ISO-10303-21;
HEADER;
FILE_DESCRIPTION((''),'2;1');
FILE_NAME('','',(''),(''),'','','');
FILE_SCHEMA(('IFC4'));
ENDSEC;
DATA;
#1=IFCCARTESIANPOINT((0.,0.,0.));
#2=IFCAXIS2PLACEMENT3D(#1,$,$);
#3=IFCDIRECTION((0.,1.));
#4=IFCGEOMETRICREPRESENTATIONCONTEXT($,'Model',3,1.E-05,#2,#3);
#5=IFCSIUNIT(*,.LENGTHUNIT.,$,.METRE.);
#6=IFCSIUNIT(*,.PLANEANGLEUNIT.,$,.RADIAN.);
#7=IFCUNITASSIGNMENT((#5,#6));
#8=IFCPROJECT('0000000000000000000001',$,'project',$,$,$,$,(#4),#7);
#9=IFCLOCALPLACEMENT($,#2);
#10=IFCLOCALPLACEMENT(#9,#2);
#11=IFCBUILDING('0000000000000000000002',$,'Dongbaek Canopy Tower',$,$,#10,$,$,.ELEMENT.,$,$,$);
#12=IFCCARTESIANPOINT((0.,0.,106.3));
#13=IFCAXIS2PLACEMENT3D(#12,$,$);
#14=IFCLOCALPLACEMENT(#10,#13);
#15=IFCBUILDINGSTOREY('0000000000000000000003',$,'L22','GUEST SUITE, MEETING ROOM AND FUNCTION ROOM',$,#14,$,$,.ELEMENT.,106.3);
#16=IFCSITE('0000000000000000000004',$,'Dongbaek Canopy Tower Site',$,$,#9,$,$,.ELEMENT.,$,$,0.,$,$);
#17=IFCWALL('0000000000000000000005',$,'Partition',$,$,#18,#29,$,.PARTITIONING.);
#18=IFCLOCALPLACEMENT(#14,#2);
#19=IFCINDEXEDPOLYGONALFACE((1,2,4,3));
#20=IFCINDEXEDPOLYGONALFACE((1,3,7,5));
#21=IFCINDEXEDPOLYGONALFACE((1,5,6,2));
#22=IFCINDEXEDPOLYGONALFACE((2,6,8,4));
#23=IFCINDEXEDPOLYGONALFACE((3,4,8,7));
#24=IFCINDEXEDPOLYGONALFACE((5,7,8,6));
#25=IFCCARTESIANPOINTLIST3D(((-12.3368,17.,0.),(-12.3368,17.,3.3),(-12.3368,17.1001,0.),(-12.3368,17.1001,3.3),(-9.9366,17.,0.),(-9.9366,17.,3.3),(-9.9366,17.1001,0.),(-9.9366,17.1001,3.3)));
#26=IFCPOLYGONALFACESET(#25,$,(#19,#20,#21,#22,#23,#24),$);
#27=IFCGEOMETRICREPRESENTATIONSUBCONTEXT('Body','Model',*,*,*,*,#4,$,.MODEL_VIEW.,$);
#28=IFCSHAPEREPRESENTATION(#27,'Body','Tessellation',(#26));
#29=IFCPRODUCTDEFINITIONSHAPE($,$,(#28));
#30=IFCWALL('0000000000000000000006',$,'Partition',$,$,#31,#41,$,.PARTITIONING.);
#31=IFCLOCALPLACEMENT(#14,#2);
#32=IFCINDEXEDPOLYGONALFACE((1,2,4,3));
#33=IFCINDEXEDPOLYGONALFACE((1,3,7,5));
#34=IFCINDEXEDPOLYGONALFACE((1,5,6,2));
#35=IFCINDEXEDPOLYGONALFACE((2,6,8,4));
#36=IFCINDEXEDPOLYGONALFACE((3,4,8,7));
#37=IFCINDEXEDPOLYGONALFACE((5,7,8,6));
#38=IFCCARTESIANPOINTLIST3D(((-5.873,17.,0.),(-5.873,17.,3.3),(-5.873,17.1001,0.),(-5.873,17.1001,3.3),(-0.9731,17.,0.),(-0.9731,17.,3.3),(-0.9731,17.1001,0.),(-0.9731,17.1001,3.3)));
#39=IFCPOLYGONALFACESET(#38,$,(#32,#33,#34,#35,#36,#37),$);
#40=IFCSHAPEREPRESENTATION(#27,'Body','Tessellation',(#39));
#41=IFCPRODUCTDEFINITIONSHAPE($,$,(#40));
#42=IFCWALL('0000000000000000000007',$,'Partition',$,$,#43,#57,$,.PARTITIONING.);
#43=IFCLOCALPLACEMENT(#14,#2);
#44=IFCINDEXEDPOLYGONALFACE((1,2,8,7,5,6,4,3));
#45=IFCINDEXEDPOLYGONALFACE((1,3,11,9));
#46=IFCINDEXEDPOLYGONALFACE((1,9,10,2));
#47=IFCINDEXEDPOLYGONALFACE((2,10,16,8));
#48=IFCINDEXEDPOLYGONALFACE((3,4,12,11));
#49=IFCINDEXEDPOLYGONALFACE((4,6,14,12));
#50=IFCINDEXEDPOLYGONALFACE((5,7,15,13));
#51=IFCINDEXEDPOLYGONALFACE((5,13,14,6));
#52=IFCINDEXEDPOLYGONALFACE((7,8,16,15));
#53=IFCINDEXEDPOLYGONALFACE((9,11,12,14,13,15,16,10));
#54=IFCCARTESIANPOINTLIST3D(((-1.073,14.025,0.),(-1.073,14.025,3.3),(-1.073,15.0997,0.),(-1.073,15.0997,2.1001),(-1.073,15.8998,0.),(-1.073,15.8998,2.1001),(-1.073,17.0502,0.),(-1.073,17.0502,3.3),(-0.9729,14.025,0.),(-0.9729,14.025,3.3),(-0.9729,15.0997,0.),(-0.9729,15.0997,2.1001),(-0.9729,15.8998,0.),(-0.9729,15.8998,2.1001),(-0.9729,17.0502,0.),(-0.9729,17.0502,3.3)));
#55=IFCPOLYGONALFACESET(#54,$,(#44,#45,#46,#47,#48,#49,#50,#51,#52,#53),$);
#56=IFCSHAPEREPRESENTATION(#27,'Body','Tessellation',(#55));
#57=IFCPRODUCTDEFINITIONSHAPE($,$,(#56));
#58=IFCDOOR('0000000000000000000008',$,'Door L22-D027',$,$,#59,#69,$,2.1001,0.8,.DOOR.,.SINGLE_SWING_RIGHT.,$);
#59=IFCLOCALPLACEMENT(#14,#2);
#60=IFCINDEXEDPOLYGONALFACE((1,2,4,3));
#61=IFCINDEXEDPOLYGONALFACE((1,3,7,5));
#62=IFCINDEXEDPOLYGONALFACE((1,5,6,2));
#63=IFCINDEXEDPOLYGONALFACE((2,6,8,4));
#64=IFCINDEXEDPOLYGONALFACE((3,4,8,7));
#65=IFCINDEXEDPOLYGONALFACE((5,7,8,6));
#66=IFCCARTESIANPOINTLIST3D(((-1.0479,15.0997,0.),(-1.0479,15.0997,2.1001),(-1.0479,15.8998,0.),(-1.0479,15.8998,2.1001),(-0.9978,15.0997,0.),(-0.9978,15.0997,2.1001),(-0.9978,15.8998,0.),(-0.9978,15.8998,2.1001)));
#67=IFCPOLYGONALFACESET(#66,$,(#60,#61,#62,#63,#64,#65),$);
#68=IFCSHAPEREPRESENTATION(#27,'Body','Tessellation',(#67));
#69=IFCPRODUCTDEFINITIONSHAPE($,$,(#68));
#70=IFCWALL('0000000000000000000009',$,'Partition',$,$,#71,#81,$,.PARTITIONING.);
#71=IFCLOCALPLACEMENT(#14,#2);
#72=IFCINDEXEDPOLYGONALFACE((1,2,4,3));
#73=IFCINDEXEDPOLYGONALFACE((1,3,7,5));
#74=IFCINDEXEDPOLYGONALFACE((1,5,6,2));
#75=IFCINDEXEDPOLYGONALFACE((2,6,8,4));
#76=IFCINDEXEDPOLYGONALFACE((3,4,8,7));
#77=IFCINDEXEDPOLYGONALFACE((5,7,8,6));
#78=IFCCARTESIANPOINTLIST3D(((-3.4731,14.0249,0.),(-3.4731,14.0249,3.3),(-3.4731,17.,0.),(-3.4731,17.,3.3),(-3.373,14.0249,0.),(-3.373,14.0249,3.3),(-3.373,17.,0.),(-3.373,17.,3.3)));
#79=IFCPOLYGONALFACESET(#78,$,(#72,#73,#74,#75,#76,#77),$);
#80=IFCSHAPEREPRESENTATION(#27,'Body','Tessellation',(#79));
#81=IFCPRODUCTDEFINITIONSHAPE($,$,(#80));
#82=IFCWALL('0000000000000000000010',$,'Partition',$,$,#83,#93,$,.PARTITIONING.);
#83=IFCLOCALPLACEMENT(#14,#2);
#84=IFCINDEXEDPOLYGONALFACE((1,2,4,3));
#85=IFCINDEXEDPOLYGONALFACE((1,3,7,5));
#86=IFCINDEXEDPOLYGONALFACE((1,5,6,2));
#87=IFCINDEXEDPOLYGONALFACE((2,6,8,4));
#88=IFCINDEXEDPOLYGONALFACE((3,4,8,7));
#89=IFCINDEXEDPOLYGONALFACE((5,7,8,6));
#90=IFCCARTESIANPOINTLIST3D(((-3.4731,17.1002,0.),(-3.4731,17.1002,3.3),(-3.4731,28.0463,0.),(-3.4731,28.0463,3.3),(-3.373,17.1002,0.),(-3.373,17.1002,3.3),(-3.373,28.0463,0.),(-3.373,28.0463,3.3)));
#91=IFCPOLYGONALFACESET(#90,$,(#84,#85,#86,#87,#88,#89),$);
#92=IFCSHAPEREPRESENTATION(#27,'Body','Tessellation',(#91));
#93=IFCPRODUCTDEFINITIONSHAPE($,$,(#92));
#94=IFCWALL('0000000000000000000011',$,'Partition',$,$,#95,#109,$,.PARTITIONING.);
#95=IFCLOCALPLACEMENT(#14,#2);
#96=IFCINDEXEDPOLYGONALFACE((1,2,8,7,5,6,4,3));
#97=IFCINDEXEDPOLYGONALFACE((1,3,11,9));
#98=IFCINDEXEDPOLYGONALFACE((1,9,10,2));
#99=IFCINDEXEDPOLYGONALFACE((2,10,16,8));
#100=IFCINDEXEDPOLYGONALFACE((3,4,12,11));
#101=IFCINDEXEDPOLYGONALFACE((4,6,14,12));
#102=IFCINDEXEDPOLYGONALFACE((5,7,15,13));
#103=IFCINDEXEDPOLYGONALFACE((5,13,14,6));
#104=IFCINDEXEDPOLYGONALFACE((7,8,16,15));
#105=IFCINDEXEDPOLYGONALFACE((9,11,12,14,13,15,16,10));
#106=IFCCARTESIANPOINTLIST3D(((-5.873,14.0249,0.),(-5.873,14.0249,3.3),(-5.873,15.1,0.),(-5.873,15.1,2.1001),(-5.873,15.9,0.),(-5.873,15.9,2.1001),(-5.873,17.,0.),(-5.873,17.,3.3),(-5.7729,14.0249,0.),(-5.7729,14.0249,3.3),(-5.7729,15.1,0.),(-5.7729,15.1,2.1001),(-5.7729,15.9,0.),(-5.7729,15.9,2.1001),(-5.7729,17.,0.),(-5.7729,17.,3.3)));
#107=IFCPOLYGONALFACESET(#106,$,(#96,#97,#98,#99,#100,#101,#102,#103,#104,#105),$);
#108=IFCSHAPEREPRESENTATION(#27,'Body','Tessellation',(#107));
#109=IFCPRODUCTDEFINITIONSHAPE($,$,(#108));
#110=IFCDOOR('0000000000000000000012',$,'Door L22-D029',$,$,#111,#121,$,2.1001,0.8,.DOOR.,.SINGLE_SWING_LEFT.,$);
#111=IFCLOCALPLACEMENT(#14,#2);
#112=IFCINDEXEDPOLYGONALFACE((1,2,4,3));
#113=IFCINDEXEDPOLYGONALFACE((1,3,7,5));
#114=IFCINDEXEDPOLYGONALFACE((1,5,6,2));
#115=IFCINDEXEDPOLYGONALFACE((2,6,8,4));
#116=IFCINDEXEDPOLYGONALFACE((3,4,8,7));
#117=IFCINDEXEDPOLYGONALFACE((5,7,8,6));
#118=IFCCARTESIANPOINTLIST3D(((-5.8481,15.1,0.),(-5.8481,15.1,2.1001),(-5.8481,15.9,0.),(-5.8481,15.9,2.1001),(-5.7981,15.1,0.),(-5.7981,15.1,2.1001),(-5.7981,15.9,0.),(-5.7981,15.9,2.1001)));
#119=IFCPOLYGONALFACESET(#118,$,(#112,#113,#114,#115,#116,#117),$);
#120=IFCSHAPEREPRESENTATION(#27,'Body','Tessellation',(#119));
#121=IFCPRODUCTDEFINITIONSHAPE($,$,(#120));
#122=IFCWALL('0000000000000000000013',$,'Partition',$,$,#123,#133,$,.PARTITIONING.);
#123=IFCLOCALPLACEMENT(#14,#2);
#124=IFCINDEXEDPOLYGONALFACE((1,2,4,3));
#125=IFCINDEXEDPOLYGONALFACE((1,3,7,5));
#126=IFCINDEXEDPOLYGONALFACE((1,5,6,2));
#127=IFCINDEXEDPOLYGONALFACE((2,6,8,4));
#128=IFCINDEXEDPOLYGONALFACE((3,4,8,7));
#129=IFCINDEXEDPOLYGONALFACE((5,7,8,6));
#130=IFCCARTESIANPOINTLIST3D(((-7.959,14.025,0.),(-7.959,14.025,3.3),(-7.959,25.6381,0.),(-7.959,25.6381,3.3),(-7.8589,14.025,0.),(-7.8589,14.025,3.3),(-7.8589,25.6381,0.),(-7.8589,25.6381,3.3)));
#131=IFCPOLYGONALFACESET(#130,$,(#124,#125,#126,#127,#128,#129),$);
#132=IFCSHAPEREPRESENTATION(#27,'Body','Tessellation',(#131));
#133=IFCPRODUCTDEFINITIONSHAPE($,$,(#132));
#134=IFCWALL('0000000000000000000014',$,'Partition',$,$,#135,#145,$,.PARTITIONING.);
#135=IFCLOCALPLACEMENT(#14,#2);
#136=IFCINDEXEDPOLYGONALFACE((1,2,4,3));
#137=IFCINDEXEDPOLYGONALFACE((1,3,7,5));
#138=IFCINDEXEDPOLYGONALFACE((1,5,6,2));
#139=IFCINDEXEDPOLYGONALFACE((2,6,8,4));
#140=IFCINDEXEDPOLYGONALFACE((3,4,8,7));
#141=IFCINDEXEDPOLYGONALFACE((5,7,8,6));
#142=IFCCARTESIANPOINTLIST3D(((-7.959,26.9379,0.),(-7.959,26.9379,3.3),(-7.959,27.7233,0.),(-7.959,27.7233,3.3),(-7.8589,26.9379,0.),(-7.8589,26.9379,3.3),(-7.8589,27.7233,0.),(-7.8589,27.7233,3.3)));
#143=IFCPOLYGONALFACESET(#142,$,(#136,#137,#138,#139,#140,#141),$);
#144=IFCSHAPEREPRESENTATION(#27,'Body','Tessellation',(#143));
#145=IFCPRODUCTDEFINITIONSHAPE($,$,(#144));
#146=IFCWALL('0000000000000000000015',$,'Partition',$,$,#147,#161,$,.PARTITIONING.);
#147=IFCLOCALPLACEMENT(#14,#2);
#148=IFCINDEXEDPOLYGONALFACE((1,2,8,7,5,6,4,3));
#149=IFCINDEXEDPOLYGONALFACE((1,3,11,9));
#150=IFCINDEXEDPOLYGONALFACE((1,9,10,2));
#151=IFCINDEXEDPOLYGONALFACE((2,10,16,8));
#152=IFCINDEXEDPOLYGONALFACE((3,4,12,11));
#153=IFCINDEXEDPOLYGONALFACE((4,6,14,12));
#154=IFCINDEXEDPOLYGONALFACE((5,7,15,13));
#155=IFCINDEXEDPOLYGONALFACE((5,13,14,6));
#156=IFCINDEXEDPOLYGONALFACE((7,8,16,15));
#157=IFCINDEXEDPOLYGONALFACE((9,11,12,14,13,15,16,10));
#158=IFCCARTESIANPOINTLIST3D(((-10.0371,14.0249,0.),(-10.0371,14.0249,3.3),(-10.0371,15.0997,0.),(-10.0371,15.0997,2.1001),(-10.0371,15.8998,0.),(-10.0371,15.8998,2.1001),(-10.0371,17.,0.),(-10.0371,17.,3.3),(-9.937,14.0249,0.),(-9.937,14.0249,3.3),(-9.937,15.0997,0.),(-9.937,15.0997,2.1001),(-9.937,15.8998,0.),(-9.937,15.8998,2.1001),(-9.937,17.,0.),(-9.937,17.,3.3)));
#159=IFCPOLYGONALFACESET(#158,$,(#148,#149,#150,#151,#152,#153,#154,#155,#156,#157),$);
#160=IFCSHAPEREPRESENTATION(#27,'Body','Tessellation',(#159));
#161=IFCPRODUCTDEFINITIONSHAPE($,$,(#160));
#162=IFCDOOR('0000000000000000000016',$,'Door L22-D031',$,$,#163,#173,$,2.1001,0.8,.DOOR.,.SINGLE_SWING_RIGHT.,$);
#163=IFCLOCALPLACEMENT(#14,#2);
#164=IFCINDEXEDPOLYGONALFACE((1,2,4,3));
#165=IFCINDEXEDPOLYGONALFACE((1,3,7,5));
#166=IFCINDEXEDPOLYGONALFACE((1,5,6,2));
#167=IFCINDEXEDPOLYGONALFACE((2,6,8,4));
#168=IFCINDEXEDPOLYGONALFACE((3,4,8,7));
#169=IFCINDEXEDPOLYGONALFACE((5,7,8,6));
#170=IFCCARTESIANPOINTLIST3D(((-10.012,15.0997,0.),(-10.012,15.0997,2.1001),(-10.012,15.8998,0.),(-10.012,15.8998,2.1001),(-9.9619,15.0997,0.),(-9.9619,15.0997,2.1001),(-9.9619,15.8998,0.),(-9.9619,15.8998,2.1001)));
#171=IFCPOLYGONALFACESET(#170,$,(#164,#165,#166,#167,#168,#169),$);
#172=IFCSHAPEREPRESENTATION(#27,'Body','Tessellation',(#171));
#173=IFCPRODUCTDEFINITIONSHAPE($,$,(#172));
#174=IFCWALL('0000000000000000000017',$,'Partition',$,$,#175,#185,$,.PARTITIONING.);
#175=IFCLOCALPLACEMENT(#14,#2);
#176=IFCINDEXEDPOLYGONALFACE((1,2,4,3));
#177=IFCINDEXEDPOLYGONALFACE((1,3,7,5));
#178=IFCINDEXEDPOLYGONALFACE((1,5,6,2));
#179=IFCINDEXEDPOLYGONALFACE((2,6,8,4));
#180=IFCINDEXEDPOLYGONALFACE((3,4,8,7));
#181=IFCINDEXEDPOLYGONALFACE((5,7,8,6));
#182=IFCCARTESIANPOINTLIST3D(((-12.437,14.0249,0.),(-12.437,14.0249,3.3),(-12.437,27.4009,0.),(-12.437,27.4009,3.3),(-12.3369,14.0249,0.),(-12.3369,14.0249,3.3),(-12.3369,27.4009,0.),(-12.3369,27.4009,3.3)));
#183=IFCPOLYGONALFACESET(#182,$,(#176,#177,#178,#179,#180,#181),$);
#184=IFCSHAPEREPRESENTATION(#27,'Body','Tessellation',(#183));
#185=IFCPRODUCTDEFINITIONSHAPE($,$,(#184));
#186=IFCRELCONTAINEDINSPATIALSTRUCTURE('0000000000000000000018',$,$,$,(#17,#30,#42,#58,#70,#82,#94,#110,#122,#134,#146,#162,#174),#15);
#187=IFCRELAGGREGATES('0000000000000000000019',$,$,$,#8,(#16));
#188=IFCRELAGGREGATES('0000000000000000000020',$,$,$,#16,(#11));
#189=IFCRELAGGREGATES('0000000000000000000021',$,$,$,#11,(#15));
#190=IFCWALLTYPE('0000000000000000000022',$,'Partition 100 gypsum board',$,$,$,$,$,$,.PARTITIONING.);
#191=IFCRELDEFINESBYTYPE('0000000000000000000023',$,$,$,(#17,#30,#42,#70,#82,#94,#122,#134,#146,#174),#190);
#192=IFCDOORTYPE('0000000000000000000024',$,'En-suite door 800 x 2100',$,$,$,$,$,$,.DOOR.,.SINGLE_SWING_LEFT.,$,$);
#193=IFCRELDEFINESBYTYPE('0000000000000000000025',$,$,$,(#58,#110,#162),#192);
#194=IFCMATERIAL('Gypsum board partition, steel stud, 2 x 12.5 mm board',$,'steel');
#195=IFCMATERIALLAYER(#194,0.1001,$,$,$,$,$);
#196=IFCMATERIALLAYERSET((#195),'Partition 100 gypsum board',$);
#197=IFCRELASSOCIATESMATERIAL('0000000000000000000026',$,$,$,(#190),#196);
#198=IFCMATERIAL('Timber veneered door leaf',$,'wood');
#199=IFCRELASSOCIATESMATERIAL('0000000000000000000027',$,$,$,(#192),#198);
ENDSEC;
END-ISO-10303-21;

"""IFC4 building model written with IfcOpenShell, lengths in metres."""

from ifc_helpers import new_model, si_unit, direction, frame, frame_2d, origin, place, context, subcontext, project, spatial, rectangle, extrude, material, layer, layer_set, type_object, element, fill, save


model = new_model("IFC4")

# Units and contexts
model_context = context("Model", 3, precision=1e-05, world=origin(), true_north=direction((0.0, 1.0)))
body_context = subcontext(model_context, "Body", "Model", "MODEL_VIEW")
ifc_project = project(units=[si_unit("LENGTHUNIT", "METRE"), si_unit("PLANEANGLEUNIT", "RADIAN")], contexts=[model_context])

# Site, building, storey
site_placement = place(None, origin())
site = spatial("IfcSite", under=ifc_project, at=site_placement, Name="Dongbaek Canopy Tower Site", CompositionType="ELEMENT", RefElevation=0.0)
building_placement = place(site_placement, origin())
building = spatial("IfcBuilding", under=site, at=building_placement, Name="Dongbaek Canopy Tower", CompositionType="ELEMENT")
storey_placement = place(building_placement, frame((0.0, 0.0, 106.3)))
storey = spatial("IfcBuildingStorey", under=building, at=storey_placement, Name="L22", Description="GUEST SUITE, MEETING ROOM AND FUNCTION ROOM", CompositionType="ELEMENT", Elevation=106.3)

# Walls
ifc_material_1 = material(Name="Gypsum board partition, steel stud, 2 x 12.5 mm board", Category="steel")
ifc_layer_1 = layer(ifc_material_1, 0.1001)
ifc_layer_set_1 = layer_set([ifc_layer_1], Name="Partition 100 gypsum board")
wall_type_1 = type_object("IfcWallType", Name="Partition 100 gypsum board", PredefinedType="PARTITIONING", material=ifc_layer_set_1)
wall_1_placement = place(storey_placement, frame((-12.3369, 17.05, 0.0), z_axis=(0.0, 0.0, 1.0), x_axis=(1.0, 0.0, 0.0)))
element("IfcWall", 1, at=wall_1_placement, inside=storey, type_object=wall_type_1, Name="Partition", PredefinedType="PARTITIONING", context=body_context, shape_type="SweptSolid", body=[
    extrude(rectangle(XDim=2.4001, YDim=0.1001, at=frame_2d((1.2002, 0.0))), origin(), (0.0, 0.0, 1.0), 3.3),
])
wall_2_placement = place(storey_placement, frame((-5.873, 17.05, 0.0), z_axis=(0.0, 0.0, 1.0), x_axis=(1.0, 0.0, 0.0)))
element("IfcWall", 2, at=wall_2_placement, inside=storey, type_object=wall_type_1, Name="Partition", PredefinedType="PARTITIONING", context=body_context, shape_type="SweptSolid", body=[
    extrude(rectangle(XDim=4.8999, YDim=0.1001, at=frame_2d((2.45, 0.0))), origin(), (0.0, 0.0, 1.0), 3.3),
])

# Wall, opening, door
wall_3_placement = place(storey_placement, frame((-1.0229, 14.0249, 0.0), z_axis=(0.0, 0.0, 1.0), x_axis=(0.0, 1.0, 0.0)))
wall_3 = element("IfcWall", 3, at=wall_3_placement, inside=storey, type_object=wall_type_1, Name="Partition", PredefinedType="PARTITIONING", context=body_context, shape_type="SweptSolid", body=[
    extrude(rectangle(XDim=3.0251, YDim=0.1001, at=frame_2d((1.5127, 0.0))), origin(), (0.0, 0.0, 1.0), 3.3),
])
opening_1_placement = place(wall_3_placement, frame((1.075, 0.0, 0.0)))
opening_1 = element("IfcOpeningElement", 4, at=opening_1_placement, cuts=wall_3, PredefinedType="OPENING", context=body_context, shape_type="SweptSolid", body=[
    extrude(rectangle(XDim=0.8, YDim=2.1001, at=frame_2d((0.3999, 1.05))), frame((0.0, 0.0601, 0.0), z_axis=(0.0, -1.0, 0.0), x_axis=(1.0, 0.0, 0.0)), (0.0, 0.0, 1.0), 0.1201),
])
ifc_material_2 = material(Name="Timber veneered door leaf", Category="wood")
door_type_1 = type_object("IfcDoorType", Name="En-suite door 800 x 2100", OperationType="SINGLE_SWING_LEFT", PredefinedType="DOOR", material=ifc_material_2)
door_1_placement = place(opening_1_placement, origin())
door_1 = element("IfcDoor", 5, at=door_1_placement, inside=storey, type_object=door_type_1, Name="Door L22-D027", OperationType="SINGLE_SWING_RIGHT", OverallHeight=2.1001, OverallWidth=0.8, PredefinedType="DOOR", context=body_context, shape_type="SweptSolid", body=[
    extrude(rectangle(XDim=0.8, YDim=2.1001, at=frame_2d((0.3999, 1.05))), frame((0.0, 0.0249, 0.0), z_axis=(0.0, -1.0, 0.0), x_axis=(1.0, 0.0, 0.0)), (0.0, 0.0, 1.0), 0.05),
])
fill(opening_1, door_1)

# Walls
wall_4_placement = place(storey_placement, frame((-3.4231, 14.0249, 0.0), z_axis=(0.0, 0.0, 1.0), x_axis=(0.0, 1.0, 0.0)))
element("IfcWall", 6, at=wall_4_placement, inside=storey, type_object=wall_type_1, Name="Partition", PredefinedType="PARTITIONING", context=body_context, shape_type="SweptSolid", body=[
    extrude(rectangle(XDim=2.9751, YDim=0.1001, at=frame_2d((1.4875, 0.0))), origin(), (0.0, 0.0, 1.0), 3.3),
])
wall_5_placement = place(storey_placement, frame((-3.4231, 17.1001, 0.0), z_axis=(0.0, 0.0, 1.0), x_axis=(0.0, 1.0, 0.0)))
element("IfcWall", 7, at=wall_5_placement, inside=storey, type_object=wall_type_1, Name="Partition", PredefinedType="PARTITIONING", context=body_context, shape_type="SweptSolid", body=[
    extrude(rectangle(XDim=10.946, YDim=0.1001, at=frame_2d((5.4731, 0.0))), origin(), (0.0, 0.0, 1.0), 3.3),
])

# Wall, opening, door
wall_6_placement = place(storey_placement, frame((-5.823, 17.0, 0.0), z_axis=(0.0, 0.0, 1.0), x_axis=(0.0, -1.0, 0.0)))
wall_6 = element("IfcWall", 8, at=wall_6_placement, inside=storey, type_object=wall_type_1, Name="Partition", PredefinedType="PARTITIONING", context=body_context, shape_type="SweptSolid", body=[
    extrude(rectangle(XDim=2.9751, YDim=0.1001, at=frame_2d((1.4875, 0.0))), origin(), (0.0, 0.0, 1.0), 3.3),
])
opening_2_placement = place(wall_6_placement, frame((1.1001, 0.0, 0.0)))
opening_2 = element("IfcOpeningElement", 9, at=opening_2_placement, cuts=wall_6, PredefinedType="OPENING", context=body_context, shape_type="SweptSolid", body=[
    extrude(rectangle(XDim=0.8, YDim=2.1001, at=frame_2d((0.3999, 1.05))), frame((0.0, 0.0601, 0.0), z_axis=(0.0, -1.0, 0.0), x_axis=(1.0, 0.0, 0.0)), (0.0, 0.0, 1.0), 0.1201),
])
door_2_placement = place(opening_2_placement, origin())
door_2 = element("IfcDoor", 10, at=door_2_placement, inside=storey, type_object=door_type_1, Name="Door L22-D029", OperationType="SINGLE_SWING_LEFT", OverallHeight=2.1001, OverallWidth=0.8, PredefinedType="DOOR", context=body_context, shape_type="SweptSolid", body=[
    extrude(rectangle(XDim=0.8, YDim=2.1001, at=frame_2d((0.3999, 1.05))), frame((0.0, 0.0249, 0.0), z_axis=(0.0, -1.0, 0.0), x_axis=(1.0, 0.0, 0.0)), (0.0, 0.0, 1.0), 0.05),
])
fill(opening_2, door_2)

# Walls
wall_7_placement = place(storey_placement, frame((-7.9089, 14.0249, 0.0), z_axis=(0.0, 0.0, 1.0), x_axis=(0.0, 1.0, 0.0)))
element("IfcWall", 11, at=wall_7_placement, inside=storey, type_object=wall_type_1, Name="Partition", PredefinedType="PARTITIONING", context=body_context, shape_type="SweptSolid", body=[
    extrude(rectangle(XDim=11.613, YDim=0.1001, at=frame_2d((5.8066, 0.0))), origin(), (0.0, 0.0, 1.0), 3.3),
])
wall_8_placement = place(storey_placement, frame((-7.9089, 26.938, 0.0), z_axis=(0.0, 0.0, 1.0), x_axis=(0.0, 1.0, 0.0)))
element("IfcWall", 12, at=wall_8_placement, inside=storey, type_object=wall_type_1, Name="Partition", PredefinedType="PARTITIONING", context=body_context, shape_type="SweptSolid", body=[
    extrude(rectangle(XDim=0.7854, YDim=0.1001, at=frame_2d((0.3926, 0.0))), origin(), (0.0, 0.0, 1.0), 3.3),
])

# Wall, opening, door
wall_9_placement = place(storey_placement, frame((-9.9871, 14.0249, 0.0), z_axis=(0.0, 0.0, 1.0), x_axis=(0.0, 1.0, 0.0)))
wall_9 = element("IfcWall", 13, at=wall_9_placement, inside=storey, type_object=wall_type_1, Name="Partition", PredefinedType="PARTITIONING", context=body_context, shape_type="SweptSolid", body=[
    extrude(rectangle(XDim=2.9751, YDim=0.1001, at=frame_2d((1.4875, 0.0))), origin(), (0.0, 0.0, 1.0), 3.3),
])
opening_3_placement = place(wall_9_placement, frame((1.075, 0.0, 0.0)))
opening_3 = element("IfcOpeningElement", 14, at=opening_3_placement, cuts=wall_9, PredefinedType="OPENING", context=body_context, shape_type="SweptSolid", body=[
    extrude(rectangle(XDim=0.8, YDim=2.1001, at=frame_2d((0.3999, 1.05))), frame((0.0, 0.0601, 0.0), z_axis=(0.0, -1.0, 0.0), x_axis=(1.0, 0.0, 0.0)), (0.0, 0.0, 1.0), 0.1201),
])
door_3_placement = place(opening_3_placement, origin())
door_3 = element("IfcDoor", 15, at=door_3_placement, inside=storey, type_object=door_type_1, Name="Door L22-D031", OperationType="SINGLE_SWING_RIGHT", OverallHeight=2.1001, OverallWidth=0.8, PredefinedType="DOOR", context=body_context, shape_type="SweptSolid", body=[
    extrude(rectangle(XDim=0.8, YDim=2.1001, at=frame_2d((0.3999, 1.05))), frame((0.0, 0.0249, 0.0), z_axis=(0.0, -1.0, 0.0), x_axis=(1.0, 0.0, 0.0)), (0.0, 0.0, 1.0), 0.05),
])
fill(opening_3, door_3)

# Wall
wall_10_placement = place(storey_placement, frame((-12.387, 14.0249, 0.0), z_axis=(0.0, 0.0, 1.0), x_axis=(0.0, 1.0, 0.0)))
element("IfcWall", 16, at=wall_10_placement, inside=storey, type_object=wall_type_1, Name="Partition", PredefinedType="PARTITIONING", context=body_context, shape_type="SweptSolid", body=[
    extrude(rectangle(XDim=13.376, YDim=0.1001, at=frame_2d((6.688, 0.0))), origin(), (0.0, 0.0, 1.0), 3.3),
])

save(model, "model.ifc")
